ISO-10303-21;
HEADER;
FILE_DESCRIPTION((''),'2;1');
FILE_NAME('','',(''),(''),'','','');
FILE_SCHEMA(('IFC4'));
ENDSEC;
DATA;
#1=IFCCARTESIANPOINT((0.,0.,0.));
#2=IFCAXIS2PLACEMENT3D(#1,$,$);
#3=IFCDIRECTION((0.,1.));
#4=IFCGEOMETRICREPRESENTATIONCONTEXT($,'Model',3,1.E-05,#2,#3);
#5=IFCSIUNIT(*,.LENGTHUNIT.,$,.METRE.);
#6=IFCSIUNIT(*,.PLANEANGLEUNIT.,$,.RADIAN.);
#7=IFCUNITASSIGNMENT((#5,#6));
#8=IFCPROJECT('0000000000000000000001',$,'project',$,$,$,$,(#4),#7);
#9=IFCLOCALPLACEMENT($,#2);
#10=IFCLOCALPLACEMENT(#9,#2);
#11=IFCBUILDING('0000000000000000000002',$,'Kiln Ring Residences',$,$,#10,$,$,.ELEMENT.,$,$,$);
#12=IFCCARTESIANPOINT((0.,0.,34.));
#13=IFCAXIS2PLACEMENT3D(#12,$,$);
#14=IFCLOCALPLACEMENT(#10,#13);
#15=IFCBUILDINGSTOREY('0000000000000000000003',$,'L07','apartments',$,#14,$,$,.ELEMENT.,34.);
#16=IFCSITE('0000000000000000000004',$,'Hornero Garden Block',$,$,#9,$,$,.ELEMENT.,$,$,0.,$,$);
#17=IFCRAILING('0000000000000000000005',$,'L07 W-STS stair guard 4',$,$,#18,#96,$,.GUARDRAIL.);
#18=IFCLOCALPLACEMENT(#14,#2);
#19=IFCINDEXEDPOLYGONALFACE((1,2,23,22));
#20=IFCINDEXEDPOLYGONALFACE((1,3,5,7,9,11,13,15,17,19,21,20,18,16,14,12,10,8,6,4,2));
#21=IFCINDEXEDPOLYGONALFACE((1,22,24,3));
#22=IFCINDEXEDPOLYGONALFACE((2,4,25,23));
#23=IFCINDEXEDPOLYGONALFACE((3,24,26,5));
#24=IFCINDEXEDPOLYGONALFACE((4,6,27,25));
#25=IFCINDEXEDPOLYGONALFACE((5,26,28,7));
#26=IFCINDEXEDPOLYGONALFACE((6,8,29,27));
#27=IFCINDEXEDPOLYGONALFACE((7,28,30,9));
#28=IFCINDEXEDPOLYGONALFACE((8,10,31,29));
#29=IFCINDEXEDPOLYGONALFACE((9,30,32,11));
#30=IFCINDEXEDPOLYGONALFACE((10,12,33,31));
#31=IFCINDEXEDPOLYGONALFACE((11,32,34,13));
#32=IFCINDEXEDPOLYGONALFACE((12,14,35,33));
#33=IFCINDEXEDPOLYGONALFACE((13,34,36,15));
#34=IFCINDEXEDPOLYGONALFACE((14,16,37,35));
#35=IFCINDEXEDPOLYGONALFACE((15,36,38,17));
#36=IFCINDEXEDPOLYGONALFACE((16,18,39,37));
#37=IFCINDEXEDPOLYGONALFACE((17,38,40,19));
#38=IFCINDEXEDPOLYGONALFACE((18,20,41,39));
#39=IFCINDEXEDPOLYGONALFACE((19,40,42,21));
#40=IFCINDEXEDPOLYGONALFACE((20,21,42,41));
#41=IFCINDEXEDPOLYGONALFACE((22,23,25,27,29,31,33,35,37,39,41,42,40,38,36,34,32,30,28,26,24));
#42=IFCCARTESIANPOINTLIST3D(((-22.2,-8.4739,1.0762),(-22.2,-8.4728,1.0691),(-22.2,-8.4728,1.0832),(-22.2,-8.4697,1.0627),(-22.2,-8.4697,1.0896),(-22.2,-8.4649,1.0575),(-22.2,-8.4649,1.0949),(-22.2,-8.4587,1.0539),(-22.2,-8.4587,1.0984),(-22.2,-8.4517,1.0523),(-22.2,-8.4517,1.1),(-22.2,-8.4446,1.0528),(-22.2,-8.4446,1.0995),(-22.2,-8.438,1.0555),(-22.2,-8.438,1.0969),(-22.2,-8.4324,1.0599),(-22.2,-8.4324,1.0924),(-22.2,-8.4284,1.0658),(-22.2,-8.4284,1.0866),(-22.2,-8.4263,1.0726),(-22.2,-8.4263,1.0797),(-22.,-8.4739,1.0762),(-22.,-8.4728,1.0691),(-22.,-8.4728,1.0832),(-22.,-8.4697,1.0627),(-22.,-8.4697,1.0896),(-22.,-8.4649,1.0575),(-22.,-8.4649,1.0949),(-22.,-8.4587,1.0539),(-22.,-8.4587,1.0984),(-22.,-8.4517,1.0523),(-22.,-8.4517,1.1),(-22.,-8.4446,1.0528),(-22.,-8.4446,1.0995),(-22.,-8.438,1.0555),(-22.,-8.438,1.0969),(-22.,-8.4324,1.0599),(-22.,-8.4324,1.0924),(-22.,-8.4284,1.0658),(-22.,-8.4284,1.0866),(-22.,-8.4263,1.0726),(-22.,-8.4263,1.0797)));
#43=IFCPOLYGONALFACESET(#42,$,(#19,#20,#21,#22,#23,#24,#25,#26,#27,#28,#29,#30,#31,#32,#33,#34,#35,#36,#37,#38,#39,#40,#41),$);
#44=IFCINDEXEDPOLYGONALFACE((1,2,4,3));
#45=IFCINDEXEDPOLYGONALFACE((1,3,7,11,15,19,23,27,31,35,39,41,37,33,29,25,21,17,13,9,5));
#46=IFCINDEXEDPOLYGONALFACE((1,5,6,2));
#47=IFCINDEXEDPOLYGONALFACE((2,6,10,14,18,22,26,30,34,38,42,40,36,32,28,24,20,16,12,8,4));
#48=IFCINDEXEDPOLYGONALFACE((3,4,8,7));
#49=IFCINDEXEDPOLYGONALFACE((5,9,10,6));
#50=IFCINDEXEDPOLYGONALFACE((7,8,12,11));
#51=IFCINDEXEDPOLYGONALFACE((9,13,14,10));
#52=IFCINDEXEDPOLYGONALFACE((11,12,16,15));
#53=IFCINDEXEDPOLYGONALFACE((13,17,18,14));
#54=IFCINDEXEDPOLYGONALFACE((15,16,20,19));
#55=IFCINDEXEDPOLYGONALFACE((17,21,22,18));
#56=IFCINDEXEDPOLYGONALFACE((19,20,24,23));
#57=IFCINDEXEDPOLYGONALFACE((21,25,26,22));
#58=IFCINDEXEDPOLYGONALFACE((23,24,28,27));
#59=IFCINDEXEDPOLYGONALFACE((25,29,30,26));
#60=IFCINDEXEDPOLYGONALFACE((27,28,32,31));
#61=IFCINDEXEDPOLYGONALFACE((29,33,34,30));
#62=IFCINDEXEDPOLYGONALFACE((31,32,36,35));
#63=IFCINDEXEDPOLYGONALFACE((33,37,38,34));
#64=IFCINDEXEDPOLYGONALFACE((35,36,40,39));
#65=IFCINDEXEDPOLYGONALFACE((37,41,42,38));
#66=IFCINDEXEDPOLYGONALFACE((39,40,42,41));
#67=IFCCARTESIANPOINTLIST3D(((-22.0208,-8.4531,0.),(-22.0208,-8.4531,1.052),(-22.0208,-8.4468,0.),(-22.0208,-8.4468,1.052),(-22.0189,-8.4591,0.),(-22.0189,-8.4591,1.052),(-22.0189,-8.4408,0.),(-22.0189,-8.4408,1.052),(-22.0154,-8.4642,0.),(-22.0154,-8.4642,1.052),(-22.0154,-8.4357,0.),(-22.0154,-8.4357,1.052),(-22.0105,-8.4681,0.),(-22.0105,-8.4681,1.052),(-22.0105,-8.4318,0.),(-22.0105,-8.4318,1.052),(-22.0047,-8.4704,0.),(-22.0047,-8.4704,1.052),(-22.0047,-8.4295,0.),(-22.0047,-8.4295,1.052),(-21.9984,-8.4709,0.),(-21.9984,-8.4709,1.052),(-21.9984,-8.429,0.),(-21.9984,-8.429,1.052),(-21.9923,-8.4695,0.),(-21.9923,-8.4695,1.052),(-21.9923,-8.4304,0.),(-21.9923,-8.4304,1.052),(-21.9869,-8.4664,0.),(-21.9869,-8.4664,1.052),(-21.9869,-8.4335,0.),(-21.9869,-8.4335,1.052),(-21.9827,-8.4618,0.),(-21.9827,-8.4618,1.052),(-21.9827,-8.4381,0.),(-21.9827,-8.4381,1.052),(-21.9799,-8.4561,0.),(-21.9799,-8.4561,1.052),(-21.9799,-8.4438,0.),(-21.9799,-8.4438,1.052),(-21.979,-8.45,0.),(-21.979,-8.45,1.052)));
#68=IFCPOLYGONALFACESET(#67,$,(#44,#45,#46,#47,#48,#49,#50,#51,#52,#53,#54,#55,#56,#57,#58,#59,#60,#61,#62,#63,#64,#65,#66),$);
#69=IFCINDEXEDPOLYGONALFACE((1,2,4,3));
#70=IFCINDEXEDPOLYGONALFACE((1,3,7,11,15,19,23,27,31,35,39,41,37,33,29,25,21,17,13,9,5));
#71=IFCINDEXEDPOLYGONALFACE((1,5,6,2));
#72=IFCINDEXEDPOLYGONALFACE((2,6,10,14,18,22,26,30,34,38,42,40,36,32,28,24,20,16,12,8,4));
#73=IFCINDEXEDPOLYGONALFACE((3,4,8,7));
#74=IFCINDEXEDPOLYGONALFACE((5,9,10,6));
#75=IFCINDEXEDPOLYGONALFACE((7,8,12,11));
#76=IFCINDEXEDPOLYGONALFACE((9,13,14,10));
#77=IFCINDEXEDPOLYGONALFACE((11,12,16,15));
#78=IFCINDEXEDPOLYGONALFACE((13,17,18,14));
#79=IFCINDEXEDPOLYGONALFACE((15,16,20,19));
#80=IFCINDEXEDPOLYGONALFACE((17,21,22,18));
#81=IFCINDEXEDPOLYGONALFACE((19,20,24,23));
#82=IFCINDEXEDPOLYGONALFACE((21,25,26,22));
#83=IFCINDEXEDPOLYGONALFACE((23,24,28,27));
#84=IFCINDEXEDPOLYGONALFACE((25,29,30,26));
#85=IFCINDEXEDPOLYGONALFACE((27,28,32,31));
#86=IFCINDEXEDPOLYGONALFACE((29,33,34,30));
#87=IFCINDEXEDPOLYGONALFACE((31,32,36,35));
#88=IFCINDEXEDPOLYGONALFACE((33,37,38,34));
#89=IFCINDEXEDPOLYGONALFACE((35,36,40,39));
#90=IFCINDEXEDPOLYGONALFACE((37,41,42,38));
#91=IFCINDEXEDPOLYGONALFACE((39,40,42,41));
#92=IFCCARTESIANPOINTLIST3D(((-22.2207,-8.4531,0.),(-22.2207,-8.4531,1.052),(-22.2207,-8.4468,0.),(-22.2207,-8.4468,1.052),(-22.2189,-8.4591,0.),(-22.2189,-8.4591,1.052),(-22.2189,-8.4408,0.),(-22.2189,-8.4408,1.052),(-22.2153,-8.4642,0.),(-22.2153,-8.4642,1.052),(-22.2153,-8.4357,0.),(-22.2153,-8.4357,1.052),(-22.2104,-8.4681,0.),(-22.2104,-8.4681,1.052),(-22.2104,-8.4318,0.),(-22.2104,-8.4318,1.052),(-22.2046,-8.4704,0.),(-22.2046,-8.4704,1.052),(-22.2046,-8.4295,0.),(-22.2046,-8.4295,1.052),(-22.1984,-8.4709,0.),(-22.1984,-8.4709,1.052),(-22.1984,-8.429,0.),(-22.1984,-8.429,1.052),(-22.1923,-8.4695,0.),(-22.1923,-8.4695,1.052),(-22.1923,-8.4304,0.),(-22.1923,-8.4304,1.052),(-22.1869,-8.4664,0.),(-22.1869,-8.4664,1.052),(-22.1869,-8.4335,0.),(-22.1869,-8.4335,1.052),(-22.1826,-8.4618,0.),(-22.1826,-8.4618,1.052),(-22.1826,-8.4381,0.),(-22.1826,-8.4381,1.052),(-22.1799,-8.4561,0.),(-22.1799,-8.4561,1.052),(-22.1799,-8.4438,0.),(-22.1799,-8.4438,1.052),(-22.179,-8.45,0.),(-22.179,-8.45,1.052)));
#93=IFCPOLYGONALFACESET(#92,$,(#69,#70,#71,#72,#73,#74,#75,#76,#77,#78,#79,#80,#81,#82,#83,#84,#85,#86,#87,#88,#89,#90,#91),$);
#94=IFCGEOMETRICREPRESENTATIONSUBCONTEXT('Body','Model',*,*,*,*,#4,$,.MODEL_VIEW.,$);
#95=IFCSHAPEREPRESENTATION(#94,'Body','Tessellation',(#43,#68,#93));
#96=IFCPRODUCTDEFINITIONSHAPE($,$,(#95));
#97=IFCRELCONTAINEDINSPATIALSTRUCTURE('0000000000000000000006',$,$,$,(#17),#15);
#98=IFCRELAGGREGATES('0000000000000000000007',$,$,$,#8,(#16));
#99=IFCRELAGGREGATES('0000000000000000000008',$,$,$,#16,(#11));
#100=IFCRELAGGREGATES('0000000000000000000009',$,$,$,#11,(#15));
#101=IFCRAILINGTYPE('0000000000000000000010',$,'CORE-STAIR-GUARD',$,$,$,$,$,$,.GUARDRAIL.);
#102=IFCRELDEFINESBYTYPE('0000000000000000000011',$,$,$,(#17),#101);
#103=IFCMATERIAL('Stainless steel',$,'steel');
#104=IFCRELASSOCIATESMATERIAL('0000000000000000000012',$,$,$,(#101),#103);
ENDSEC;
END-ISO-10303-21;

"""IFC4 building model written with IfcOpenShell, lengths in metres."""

from ifc_helpers import new_model, si_unit, direction, frame, origin, origin_2d, place, context, subcontext, project, spatial, circle, extrude, material, type_object, element, save


model = new_model("IFC4")

# Units and contexts
model_context = context("Model", 3, precision=1e-05, world=origin(), true_north=direction((0.0, 1.0)))
body_context = subcontext(model_context, "Body", "Model", "MODEL_VIEW")
ifc_project = project(units=[si_unit("LENGTHUNIT", "METRE"), si_unit("PLANEANGLEUNIT", "RADIAN")], contexts=[model_context])

# Site, building, storey
site_placement = place(None, origin())
site = spatial("IfcSite", under=ifc_project, at=site_placement, Name="Hornero Garden Block", CompositionType="ELEMENT", RefElevation=0.0)
building_placement = place(site_placement, origin())
building = spatial("IfcBuilding", under=site, at=building_placement, Name="Kiln Ring Residences", CompositionType="ELEMENT")
storey_placement = place(building_placement, frame((0.0, 0.0, 34.0)))
storey = spatial("IfcBuildingStorey", under=building, at=storey_placement, Name="L07", Description="apartments", CompositionType="ELEMENT", Elevation=34.0)

# Railing
ifc_material_1 = material(Name="Stainless steel", Category="steel")
railing_type_1 = type_object("IfcRailingType", Name="CORE-STAIR-GUARD", PredefinedType="GUARDRAIL", material=ifc_material_1)
railing_1_placement = place(storey_placement, frame((-22.0, -8.45, 0.0)))
element("IfcRailing", 1, at=railing_1_placement, inside=storey, type_object=railing_type_1, Name="L07 W-STS stair guard 4", PredefinedType="GUARDRAIL", context=body_context, shape_type="SweptSolid", body=[
    extrude(circle(Radius=0.0239, at=origin_2d()), frame((0.0, 0.0, 1.0762), z_axis=(-1.0, 0.0, 0.0), x_axis=(0.0, -1.0, 0.0)), (0.0, 0.0, 1.0), 0.2),
    extrude(circle(Radius=0.021, at=origin_2d()), origin(), (0.0, 0.0, 1.0), 1.052),
    extrude(circle(Radius=0.021, at=origin_2d()), frame((-0.2, 0.0, 0.0)), (0.0, 0.0, 1.0), 1.052),
])

save(model, "model.ifc")
